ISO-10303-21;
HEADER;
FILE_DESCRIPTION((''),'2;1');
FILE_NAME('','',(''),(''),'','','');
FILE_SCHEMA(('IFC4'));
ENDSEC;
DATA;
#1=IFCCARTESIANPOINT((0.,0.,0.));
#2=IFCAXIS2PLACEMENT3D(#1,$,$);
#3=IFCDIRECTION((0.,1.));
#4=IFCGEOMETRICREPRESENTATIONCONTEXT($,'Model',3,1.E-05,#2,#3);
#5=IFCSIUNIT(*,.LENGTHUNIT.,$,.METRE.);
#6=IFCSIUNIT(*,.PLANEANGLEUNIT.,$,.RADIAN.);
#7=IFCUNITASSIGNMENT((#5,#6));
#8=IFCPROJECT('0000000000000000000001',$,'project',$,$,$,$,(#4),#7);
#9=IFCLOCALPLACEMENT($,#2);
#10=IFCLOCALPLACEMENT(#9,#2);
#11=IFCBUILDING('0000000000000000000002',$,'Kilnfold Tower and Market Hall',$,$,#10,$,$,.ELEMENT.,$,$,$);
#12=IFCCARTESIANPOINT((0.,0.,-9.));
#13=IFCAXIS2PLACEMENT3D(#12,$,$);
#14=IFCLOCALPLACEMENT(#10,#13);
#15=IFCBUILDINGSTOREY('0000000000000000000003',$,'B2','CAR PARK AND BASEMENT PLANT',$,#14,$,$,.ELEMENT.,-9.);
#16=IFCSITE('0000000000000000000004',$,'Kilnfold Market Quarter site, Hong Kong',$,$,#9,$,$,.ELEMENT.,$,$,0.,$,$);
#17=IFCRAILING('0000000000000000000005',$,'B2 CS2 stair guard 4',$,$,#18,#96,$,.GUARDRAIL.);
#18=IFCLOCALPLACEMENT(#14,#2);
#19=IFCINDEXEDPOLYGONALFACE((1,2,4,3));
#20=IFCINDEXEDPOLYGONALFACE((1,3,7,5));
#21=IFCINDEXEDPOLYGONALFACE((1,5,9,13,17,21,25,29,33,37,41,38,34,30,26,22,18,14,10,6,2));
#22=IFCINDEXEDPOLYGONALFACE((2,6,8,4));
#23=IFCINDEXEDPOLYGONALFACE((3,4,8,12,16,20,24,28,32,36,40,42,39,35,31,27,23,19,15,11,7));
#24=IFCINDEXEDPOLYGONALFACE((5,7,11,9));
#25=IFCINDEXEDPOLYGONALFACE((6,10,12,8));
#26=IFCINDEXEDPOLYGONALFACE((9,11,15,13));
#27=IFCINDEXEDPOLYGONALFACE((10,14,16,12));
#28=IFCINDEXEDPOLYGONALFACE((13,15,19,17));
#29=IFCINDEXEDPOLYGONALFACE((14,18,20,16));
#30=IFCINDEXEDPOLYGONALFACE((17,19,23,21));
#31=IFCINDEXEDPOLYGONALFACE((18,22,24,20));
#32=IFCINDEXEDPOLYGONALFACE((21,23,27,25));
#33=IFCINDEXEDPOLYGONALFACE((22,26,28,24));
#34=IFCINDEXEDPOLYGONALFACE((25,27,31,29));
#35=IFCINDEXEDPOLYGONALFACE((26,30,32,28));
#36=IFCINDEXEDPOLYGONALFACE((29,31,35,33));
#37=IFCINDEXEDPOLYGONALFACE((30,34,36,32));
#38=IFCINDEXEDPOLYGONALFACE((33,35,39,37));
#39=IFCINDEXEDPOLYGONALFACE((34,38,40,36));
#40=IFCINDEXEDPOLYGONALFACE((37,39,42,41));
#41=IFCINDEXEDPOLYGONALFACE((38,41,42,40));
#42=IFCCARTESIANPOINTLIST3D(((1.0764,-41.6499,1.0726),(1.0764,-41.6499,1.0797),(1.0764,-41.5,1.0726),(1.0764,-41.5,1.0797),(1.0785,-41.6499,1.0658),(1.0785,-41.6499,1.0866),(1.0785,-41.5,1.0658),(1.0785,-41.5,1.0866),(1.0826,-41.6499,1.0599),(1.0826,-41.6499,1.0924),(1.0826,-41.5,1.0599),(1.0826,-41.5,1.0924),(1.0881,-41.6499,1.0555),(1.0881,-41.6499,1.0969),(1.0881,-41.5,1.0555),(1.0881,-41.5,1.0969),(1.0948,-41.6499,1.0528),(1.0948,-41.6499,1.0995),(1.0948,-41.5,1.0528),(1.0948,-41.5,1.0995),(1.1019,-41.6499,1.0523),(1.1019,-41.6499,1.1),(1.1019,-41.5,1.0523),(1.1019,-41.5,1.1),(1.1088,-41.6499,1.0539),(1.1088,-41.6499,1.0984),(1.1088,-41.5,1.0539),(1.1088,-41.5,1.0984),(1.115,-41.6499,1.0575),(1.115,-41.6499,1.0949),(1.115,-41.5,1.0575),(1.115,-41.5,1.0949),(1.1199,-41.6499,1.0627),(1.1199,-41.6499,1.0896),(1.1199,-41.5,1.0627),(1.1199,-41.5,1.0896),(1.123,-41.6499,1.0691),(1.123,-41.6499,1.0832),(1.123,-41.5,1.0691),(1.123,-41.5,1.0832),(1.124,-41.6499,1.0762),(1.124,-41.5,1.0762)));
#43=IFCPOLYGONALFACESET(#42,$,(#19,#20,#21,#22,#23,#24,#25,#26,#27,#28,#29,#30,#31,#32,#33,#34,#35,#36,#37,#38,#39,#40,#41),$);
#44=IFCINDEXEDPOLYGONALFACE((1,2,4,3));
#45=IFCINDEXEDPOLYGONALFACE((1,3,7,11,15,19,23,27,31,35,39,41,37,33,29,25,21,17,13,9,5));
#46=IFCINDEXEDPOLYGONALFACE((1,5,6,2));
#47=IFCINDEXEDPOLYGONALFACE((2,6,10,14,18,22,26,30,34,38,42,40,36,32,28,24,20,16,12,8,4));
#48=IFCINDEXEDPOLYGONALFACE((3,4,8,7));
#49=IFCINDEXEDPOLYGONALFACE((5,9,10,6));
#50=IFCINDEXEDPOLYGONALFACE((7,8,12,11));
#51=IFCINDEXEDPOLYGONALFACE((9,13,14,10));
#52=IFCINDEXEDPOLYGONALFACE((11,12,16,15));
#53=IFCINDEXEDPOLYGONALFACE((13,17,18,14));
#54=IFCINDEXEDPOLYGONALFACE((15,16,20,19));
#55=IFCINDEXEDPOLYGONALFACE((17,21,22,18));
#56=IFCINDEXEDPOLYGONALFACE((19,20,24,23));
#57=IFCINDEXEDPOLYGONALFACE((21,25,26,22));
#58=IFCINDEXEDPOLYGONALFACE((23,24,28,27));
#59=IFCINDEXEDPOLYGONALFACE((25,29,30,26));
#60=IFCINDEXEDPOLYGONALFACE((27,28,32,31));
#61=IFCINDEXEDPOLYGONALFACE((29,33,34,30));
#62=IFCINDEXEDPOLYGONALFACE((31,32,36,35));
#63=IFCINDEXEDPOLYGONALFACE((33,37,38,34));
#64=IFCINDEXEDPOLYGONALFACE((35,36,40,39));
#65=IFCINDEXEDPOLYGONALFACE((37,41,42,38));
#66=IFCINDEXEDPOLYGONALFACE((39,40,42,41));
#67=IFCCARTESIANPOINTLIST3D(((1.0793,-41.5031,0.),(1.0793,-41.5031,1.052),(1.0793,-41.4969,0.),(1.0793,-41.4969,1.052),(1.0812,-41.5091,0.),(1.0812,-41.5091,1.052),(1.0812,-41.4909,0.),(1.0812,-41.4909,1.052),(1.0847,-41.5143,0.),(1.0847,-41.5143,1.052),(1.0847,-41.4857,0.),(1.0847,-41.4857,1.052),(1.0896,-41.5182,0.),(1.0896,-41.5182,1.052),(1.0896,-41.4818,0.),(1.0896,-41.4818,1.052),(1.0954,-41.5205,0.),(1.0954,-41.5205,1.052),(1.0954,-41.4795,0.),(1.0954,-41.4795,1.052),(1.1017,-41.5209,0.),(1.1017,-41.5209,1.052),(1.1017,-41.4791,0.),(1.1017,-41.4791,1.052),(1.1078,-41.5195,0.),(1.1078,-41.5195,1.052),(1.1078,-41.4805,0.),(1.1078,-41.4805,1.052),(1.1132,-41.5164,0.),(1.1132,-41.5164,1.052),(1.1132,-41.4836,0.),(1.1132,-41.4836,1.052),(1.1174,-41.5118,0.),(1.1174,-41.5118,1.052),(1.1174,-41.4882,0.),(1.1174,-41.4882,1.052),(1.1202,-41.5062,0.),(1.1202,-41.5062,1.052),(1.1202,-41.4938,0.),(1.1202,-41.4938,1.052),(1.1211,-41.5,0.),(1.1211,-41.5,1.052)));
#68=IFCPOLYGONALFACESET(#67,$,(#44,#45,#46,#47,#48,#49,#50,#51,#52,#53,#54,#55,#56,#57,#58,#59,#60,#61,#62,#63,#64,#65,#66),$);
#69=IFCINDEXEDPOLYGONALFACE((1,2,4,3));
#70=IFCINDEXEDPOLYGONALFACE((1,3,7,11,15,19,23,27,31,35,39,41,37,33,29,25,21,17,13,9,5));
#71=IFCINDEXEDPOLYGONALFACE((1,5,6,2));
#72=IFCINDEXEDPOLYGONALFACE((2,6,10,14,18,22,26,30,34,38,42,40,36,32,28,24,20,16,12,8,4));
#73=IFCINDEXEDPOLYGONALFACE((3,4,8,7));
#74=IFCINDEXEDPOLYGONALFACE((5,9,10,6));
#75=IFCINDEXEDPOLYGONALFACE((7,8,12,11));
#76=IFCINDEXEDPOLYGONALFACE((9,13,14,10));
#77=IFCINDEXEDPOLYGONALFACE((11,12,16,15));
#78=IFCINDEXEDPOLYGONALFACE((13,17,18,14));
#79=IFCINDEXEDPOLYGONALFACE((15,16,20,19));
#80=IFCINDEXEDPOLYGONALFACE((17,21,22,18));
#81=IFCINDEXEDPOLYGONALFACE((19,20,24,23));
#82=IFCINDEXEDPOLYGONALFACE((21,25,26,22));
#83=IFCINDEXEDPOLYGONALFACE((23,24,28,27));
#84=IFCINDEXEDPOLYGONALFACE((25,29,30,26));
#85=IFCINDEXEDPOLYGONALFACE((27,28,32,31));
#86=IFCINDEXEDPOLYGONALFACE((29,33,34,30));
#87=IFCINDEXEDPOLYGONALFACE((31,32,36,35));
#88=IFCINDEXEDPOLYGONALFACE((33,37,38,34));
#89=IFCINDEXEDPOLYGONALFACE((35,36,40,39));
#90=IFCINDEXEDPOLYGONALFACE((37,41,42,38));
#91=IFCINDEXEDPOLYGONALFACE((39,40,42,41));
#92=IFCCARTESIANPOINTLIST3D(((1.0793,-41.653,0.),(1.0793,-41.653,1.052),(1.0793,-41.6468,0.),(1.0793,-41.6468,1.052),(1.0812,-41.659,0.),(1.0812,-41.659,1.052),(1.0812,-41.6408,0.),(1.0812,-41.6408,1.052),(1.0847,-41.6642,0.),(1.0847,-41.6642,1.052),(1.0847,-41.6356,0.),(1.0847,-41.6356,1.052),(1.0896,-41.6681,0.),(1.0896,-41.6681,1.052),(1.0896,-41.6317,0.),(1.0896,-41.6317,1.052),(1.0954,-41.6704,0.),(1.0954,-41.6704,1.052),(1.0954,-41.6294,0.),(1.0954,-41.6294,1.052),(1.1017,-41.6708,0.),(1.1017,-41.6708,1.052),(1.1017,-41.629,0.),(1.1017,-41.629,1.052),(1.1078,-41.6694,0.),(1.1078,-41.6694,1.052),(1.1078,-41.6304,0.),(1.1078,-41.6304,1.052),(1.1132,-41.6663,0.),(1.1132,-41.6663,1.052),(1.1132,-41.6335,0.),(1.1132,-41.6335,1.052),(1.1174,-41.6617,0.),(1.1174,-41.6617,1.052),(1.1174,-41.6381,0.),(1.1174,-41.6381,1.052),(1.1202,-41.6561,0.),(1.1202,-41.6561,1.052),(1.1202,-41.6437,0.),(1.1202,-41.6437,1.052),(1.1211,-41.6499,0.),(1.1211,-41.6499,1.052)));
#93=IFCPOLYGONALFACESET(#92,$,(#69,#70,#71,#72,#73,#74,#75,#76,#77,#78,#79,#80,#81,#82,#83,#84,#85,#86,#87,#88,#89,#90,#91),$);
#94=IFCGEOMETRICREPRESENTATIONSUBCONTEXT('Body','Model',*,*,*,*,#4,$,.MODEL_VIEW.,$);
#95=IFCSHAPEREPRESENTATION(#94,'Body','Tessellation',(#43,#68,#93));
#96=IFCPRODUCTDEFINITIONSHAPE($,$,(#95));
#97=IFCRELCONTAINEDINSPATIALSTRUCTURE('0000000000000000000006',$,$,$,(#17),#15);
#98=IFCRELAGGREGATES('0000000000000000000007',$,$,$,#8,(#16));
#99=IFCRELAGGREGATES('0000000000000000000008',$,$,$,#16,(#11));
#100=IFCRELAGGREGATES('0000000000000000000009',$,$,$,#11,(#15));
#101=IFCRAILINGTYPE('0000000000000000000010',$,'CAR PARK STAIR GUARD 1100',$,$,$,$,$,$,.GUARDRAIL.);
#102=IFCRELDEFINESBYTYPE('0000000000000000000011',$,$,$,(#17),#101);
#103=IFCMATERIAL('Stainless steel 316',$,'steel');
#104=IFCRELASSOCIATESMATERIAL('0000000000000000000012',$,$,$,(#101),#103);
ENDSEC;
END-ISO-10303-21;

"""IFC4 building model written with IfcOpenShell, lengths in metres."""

from ifc_helpers import new_model, si_unit, direction, frame, origin, origin_2d, place, context, subcontext, project, spatial, circle, extrude, material, type_object, element, save


model = new_model("IFC4")

# Units and contexts
model_context = context("Model", 3, precision=1e-05, world=origin(), true_north=direction((0.0, 1.0)))
body_context = subcontext(model_context, "Body", "Model", "MODEL_VIEW")
ifc_project = project(units=[si_unit("LENGTHUNIT", "METRE"), si_unit("PLANEANGLEUNIT", "RADIAN")], contexts=[model_context])

# Site, building, storey
site_placement = place(None, origin())
site = spatial("IfcSite", under=ifc_project, at=site_placement, Name="Kilnfold Market Quarter site, Hong Kong", CompositionType="ELEMENT", RefElevation=0.0)
building_placement = place(site_placement, origin())
building = spatial("IfcBuilding", under=site, at=building_placement, Name="Kilnfold Tower and Market Hall", CompositionType="ELEMENT")
storey_placement = place(building_placement, frame((0.0, 0.0, -9.0)))
storey = spatial("IfcBuildingStorey", under=building, at=storey_placement, Name="B2", Description="CAR PARK AND BASEMENT PLANT", CompositionType="ELEMENT", Elevation=-9.0)

# Railing
ifc_material_1 = material(Name="Stainless steel 316", Category="steel")
railing_type_1 = type_object("IfcRailingType", Name="CAR PARK STAIR GUARD 1100", PredefinedType="GUARDRAIL", material=ifc_material_1)
railing_1_placement = place(storey_placement, frame((1.1001, -41.5, 0.0)))
element("IfcRailing", 1, at=railing_1_placement, inside=storey, type_object=railing_type_1, Name="B2 CS2 stair guard 4", PredefinedType="GUARDRAIL", context=body_context, shape_type="SweptSolid", body=[
    extrude(circle(Radius=0.0239, at=origin_2d()), frame((0.0, 0.0, 1.0762), z_axis=(0.0, -1.0, 0.0), x_axis=(1.0, 0.0, 0.0)), (0.0, 0.0, 1.0), 0.1499),
    extrude(circle(Radius=0.021, at=origin_2d()), origin(), (0.0, 0.0, 1.0), 1.052),
    extrude(circle(Radius=0.021, at=origin_2d()), frame((0.0, -0.1499, 0.0)), (0.0, 0.0, 1.0), 1.052),
])

save(model, "model.ifc")
